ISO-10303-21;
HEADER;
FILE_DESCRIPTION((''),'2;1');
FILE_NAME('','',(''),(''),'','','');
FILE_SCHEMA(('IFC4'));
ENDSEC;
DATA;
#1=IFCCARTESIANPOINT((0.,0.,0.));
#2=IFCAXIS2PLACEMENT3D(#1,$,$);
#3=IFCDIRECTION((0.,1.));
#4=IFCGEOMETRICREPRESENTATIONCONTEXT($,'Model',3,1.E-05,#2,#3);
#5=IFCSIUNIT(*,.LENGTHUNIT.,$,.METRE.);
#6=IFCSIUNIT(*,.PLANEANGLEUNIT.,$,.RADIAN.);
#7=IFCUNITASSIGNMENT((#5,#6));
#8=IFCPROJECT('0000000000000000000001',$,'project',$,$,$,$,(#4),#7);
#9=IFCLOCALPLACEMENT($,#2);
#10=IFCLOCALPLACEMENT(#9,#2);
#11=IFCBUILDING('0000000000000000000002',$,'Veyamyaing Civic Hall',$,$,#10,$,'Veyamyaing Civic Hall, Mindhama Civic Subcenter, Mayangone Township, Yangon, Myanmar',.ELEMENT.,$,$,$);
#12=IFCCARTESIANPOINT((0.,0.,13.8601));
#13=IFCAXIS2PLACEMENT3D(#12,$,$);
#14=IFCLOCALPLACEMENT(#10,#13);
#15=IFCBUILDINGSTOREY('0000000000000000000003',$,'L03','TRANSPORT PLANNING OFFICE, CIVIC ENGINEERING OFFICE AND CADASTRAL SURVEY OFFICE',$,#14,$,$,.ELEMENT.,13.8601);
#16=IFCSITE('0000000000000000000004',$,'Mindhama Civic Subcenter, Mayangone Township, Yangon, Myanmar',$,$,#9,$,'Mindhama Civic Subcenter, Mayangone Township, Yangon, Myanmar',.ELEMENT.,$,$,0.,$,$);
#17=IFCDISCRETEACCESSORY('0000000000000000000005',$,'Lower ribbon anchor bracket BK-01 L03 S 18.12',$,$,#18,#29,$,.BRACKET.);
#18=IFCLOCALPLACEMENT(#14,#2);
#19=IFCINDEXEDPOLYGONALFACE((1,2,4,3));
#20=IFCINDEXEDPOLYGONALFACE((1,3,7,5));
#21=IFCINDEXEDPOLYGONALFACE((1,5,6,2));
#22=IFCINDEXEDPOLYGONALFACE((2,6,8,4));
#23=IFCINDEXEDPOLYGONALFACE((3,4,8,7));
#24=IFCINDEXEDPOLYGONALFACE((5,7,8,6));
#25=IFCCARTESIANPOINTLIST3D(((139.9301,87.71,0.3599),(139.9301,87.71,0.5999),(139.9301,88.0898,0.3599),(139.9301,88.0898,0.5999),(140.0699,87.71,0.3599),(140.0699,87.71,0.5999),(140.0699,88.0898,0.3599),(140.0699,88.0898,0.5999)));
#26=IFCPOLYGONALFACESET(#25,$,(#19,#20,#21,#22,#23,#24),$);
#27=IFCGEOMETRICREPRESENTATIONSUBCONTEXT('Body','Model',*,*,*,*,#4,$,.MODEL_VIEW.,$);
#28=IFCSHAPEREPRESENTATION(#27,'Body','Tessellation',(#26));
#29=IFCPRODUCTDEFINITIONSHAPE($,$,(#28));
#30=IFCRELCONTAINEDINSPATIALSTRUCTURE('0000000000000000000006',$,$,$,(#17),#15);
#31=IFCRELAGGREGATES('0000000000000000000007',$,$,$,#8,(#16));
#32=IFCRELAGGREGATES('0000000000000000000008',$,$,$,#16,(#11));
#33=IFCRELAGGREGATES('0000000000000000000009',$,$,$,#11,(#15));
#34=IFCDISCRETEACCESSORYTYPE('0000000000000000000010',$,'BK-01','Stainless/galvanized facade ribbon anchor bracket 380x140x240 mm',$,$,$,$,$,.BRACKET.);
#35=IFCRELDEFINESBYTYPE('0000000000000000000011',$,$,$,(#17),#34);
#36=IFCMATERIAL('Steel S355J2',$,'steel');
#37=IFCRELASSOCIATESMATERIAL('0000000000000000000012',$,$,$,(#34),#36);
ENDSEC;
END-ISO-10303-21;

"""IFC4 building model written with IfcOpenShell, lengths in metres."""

from ifc_helpers import new_model, si_unit, direction, frame, origin, origin_2d, place, context, subcontext, project, spatial, rectangle, extrude, material, type_object, element, save


model = new_model("IFC4")

# Units and contexts
model_context = context("Model", 3, precision=1e-05, world=origin(), true_north=direction((0.0, 1.0)))
body_context = subcontext(model_context, "Body", "Model", "MODEL_VIEW")
ifc_project = project(units=[si_unit("LENGTHUNIT", "METRE"), si_unit("PLANEANGLEUNIT", "RADIAN")], contexts=[model_context])

# Site, building, storey
site_placement = place(None, origin())
site = spatial("IfcSite", under=ifc_project, at=site_placement, Name="Mindhama Civic Subcenter, Mayangone Township, Yangon, Myanmar", LongName="Mindhama Civic Subcenter, Mayangone Township, Yangon, Myanmar", CompositionType="ELEMENT", RefElevation=0.0)
building_placement = place(site_placement, origin())
building = spatial("IfcBuilding", under=site, at=building_placement, Name="Veyamyaing Civic Hall", LongName="Veyamyaing Civic Hall, Mindhama Civic Subcenter, Mayangone Township, Yangon, Myanmar", CompositionType="ELEMENT")
storey_placement = place(building_placement, frame((0.0, 0.0, 13.8601)))
storey = spatial("IfcBuildingStorey", under=building, at=storey_placement, Name="L03", Description="TRANSPORT PLANNING OFFICE, CIVIC ENGINEERING OFFICE AND CADASTRAL SURVEY OFFICE", CompositionType="ELEMENT", Elevation=13.8601)

# Discrete accessory
ifc_material_1 = material(Name="Steel S355J2", Category="steel")
discrete_accessory_type = type_object("IfcDiscreteAccessoryType", Name="BK-01", Description="Stainless/galvanized facade ribbon anchor bracket 380x140x240 mm", PredefinedType="BRACKET", material=ifc_material_1)
for number, where, z_axis, x_axis, name in (
    (1, (140.0, 87.8999, 0.3599), (0.0, 0.0, 1.0), (0.0, -1.0, 0.0), "Lower ribbon anchor bracket BK-01 L03 S 18.12"),
):
    element("IfcDiscreteAccessory", number, at=place(storey_placement, frame(where, z_axis=z_axis, x_axis=x_axis)), inside=storey, type_object=discrete_accessory_type, Name=name, PredefinedType="BRACKET", context=body_context, shape_type="SweptSolid", body=[
        extrude(rectangle(XDim=0.3799, YDim=0.1399, at=origin_2d()), origin(), (0.0, 0.0, 1.0), 0.24),
    ])

save(model, "model.ifc")
